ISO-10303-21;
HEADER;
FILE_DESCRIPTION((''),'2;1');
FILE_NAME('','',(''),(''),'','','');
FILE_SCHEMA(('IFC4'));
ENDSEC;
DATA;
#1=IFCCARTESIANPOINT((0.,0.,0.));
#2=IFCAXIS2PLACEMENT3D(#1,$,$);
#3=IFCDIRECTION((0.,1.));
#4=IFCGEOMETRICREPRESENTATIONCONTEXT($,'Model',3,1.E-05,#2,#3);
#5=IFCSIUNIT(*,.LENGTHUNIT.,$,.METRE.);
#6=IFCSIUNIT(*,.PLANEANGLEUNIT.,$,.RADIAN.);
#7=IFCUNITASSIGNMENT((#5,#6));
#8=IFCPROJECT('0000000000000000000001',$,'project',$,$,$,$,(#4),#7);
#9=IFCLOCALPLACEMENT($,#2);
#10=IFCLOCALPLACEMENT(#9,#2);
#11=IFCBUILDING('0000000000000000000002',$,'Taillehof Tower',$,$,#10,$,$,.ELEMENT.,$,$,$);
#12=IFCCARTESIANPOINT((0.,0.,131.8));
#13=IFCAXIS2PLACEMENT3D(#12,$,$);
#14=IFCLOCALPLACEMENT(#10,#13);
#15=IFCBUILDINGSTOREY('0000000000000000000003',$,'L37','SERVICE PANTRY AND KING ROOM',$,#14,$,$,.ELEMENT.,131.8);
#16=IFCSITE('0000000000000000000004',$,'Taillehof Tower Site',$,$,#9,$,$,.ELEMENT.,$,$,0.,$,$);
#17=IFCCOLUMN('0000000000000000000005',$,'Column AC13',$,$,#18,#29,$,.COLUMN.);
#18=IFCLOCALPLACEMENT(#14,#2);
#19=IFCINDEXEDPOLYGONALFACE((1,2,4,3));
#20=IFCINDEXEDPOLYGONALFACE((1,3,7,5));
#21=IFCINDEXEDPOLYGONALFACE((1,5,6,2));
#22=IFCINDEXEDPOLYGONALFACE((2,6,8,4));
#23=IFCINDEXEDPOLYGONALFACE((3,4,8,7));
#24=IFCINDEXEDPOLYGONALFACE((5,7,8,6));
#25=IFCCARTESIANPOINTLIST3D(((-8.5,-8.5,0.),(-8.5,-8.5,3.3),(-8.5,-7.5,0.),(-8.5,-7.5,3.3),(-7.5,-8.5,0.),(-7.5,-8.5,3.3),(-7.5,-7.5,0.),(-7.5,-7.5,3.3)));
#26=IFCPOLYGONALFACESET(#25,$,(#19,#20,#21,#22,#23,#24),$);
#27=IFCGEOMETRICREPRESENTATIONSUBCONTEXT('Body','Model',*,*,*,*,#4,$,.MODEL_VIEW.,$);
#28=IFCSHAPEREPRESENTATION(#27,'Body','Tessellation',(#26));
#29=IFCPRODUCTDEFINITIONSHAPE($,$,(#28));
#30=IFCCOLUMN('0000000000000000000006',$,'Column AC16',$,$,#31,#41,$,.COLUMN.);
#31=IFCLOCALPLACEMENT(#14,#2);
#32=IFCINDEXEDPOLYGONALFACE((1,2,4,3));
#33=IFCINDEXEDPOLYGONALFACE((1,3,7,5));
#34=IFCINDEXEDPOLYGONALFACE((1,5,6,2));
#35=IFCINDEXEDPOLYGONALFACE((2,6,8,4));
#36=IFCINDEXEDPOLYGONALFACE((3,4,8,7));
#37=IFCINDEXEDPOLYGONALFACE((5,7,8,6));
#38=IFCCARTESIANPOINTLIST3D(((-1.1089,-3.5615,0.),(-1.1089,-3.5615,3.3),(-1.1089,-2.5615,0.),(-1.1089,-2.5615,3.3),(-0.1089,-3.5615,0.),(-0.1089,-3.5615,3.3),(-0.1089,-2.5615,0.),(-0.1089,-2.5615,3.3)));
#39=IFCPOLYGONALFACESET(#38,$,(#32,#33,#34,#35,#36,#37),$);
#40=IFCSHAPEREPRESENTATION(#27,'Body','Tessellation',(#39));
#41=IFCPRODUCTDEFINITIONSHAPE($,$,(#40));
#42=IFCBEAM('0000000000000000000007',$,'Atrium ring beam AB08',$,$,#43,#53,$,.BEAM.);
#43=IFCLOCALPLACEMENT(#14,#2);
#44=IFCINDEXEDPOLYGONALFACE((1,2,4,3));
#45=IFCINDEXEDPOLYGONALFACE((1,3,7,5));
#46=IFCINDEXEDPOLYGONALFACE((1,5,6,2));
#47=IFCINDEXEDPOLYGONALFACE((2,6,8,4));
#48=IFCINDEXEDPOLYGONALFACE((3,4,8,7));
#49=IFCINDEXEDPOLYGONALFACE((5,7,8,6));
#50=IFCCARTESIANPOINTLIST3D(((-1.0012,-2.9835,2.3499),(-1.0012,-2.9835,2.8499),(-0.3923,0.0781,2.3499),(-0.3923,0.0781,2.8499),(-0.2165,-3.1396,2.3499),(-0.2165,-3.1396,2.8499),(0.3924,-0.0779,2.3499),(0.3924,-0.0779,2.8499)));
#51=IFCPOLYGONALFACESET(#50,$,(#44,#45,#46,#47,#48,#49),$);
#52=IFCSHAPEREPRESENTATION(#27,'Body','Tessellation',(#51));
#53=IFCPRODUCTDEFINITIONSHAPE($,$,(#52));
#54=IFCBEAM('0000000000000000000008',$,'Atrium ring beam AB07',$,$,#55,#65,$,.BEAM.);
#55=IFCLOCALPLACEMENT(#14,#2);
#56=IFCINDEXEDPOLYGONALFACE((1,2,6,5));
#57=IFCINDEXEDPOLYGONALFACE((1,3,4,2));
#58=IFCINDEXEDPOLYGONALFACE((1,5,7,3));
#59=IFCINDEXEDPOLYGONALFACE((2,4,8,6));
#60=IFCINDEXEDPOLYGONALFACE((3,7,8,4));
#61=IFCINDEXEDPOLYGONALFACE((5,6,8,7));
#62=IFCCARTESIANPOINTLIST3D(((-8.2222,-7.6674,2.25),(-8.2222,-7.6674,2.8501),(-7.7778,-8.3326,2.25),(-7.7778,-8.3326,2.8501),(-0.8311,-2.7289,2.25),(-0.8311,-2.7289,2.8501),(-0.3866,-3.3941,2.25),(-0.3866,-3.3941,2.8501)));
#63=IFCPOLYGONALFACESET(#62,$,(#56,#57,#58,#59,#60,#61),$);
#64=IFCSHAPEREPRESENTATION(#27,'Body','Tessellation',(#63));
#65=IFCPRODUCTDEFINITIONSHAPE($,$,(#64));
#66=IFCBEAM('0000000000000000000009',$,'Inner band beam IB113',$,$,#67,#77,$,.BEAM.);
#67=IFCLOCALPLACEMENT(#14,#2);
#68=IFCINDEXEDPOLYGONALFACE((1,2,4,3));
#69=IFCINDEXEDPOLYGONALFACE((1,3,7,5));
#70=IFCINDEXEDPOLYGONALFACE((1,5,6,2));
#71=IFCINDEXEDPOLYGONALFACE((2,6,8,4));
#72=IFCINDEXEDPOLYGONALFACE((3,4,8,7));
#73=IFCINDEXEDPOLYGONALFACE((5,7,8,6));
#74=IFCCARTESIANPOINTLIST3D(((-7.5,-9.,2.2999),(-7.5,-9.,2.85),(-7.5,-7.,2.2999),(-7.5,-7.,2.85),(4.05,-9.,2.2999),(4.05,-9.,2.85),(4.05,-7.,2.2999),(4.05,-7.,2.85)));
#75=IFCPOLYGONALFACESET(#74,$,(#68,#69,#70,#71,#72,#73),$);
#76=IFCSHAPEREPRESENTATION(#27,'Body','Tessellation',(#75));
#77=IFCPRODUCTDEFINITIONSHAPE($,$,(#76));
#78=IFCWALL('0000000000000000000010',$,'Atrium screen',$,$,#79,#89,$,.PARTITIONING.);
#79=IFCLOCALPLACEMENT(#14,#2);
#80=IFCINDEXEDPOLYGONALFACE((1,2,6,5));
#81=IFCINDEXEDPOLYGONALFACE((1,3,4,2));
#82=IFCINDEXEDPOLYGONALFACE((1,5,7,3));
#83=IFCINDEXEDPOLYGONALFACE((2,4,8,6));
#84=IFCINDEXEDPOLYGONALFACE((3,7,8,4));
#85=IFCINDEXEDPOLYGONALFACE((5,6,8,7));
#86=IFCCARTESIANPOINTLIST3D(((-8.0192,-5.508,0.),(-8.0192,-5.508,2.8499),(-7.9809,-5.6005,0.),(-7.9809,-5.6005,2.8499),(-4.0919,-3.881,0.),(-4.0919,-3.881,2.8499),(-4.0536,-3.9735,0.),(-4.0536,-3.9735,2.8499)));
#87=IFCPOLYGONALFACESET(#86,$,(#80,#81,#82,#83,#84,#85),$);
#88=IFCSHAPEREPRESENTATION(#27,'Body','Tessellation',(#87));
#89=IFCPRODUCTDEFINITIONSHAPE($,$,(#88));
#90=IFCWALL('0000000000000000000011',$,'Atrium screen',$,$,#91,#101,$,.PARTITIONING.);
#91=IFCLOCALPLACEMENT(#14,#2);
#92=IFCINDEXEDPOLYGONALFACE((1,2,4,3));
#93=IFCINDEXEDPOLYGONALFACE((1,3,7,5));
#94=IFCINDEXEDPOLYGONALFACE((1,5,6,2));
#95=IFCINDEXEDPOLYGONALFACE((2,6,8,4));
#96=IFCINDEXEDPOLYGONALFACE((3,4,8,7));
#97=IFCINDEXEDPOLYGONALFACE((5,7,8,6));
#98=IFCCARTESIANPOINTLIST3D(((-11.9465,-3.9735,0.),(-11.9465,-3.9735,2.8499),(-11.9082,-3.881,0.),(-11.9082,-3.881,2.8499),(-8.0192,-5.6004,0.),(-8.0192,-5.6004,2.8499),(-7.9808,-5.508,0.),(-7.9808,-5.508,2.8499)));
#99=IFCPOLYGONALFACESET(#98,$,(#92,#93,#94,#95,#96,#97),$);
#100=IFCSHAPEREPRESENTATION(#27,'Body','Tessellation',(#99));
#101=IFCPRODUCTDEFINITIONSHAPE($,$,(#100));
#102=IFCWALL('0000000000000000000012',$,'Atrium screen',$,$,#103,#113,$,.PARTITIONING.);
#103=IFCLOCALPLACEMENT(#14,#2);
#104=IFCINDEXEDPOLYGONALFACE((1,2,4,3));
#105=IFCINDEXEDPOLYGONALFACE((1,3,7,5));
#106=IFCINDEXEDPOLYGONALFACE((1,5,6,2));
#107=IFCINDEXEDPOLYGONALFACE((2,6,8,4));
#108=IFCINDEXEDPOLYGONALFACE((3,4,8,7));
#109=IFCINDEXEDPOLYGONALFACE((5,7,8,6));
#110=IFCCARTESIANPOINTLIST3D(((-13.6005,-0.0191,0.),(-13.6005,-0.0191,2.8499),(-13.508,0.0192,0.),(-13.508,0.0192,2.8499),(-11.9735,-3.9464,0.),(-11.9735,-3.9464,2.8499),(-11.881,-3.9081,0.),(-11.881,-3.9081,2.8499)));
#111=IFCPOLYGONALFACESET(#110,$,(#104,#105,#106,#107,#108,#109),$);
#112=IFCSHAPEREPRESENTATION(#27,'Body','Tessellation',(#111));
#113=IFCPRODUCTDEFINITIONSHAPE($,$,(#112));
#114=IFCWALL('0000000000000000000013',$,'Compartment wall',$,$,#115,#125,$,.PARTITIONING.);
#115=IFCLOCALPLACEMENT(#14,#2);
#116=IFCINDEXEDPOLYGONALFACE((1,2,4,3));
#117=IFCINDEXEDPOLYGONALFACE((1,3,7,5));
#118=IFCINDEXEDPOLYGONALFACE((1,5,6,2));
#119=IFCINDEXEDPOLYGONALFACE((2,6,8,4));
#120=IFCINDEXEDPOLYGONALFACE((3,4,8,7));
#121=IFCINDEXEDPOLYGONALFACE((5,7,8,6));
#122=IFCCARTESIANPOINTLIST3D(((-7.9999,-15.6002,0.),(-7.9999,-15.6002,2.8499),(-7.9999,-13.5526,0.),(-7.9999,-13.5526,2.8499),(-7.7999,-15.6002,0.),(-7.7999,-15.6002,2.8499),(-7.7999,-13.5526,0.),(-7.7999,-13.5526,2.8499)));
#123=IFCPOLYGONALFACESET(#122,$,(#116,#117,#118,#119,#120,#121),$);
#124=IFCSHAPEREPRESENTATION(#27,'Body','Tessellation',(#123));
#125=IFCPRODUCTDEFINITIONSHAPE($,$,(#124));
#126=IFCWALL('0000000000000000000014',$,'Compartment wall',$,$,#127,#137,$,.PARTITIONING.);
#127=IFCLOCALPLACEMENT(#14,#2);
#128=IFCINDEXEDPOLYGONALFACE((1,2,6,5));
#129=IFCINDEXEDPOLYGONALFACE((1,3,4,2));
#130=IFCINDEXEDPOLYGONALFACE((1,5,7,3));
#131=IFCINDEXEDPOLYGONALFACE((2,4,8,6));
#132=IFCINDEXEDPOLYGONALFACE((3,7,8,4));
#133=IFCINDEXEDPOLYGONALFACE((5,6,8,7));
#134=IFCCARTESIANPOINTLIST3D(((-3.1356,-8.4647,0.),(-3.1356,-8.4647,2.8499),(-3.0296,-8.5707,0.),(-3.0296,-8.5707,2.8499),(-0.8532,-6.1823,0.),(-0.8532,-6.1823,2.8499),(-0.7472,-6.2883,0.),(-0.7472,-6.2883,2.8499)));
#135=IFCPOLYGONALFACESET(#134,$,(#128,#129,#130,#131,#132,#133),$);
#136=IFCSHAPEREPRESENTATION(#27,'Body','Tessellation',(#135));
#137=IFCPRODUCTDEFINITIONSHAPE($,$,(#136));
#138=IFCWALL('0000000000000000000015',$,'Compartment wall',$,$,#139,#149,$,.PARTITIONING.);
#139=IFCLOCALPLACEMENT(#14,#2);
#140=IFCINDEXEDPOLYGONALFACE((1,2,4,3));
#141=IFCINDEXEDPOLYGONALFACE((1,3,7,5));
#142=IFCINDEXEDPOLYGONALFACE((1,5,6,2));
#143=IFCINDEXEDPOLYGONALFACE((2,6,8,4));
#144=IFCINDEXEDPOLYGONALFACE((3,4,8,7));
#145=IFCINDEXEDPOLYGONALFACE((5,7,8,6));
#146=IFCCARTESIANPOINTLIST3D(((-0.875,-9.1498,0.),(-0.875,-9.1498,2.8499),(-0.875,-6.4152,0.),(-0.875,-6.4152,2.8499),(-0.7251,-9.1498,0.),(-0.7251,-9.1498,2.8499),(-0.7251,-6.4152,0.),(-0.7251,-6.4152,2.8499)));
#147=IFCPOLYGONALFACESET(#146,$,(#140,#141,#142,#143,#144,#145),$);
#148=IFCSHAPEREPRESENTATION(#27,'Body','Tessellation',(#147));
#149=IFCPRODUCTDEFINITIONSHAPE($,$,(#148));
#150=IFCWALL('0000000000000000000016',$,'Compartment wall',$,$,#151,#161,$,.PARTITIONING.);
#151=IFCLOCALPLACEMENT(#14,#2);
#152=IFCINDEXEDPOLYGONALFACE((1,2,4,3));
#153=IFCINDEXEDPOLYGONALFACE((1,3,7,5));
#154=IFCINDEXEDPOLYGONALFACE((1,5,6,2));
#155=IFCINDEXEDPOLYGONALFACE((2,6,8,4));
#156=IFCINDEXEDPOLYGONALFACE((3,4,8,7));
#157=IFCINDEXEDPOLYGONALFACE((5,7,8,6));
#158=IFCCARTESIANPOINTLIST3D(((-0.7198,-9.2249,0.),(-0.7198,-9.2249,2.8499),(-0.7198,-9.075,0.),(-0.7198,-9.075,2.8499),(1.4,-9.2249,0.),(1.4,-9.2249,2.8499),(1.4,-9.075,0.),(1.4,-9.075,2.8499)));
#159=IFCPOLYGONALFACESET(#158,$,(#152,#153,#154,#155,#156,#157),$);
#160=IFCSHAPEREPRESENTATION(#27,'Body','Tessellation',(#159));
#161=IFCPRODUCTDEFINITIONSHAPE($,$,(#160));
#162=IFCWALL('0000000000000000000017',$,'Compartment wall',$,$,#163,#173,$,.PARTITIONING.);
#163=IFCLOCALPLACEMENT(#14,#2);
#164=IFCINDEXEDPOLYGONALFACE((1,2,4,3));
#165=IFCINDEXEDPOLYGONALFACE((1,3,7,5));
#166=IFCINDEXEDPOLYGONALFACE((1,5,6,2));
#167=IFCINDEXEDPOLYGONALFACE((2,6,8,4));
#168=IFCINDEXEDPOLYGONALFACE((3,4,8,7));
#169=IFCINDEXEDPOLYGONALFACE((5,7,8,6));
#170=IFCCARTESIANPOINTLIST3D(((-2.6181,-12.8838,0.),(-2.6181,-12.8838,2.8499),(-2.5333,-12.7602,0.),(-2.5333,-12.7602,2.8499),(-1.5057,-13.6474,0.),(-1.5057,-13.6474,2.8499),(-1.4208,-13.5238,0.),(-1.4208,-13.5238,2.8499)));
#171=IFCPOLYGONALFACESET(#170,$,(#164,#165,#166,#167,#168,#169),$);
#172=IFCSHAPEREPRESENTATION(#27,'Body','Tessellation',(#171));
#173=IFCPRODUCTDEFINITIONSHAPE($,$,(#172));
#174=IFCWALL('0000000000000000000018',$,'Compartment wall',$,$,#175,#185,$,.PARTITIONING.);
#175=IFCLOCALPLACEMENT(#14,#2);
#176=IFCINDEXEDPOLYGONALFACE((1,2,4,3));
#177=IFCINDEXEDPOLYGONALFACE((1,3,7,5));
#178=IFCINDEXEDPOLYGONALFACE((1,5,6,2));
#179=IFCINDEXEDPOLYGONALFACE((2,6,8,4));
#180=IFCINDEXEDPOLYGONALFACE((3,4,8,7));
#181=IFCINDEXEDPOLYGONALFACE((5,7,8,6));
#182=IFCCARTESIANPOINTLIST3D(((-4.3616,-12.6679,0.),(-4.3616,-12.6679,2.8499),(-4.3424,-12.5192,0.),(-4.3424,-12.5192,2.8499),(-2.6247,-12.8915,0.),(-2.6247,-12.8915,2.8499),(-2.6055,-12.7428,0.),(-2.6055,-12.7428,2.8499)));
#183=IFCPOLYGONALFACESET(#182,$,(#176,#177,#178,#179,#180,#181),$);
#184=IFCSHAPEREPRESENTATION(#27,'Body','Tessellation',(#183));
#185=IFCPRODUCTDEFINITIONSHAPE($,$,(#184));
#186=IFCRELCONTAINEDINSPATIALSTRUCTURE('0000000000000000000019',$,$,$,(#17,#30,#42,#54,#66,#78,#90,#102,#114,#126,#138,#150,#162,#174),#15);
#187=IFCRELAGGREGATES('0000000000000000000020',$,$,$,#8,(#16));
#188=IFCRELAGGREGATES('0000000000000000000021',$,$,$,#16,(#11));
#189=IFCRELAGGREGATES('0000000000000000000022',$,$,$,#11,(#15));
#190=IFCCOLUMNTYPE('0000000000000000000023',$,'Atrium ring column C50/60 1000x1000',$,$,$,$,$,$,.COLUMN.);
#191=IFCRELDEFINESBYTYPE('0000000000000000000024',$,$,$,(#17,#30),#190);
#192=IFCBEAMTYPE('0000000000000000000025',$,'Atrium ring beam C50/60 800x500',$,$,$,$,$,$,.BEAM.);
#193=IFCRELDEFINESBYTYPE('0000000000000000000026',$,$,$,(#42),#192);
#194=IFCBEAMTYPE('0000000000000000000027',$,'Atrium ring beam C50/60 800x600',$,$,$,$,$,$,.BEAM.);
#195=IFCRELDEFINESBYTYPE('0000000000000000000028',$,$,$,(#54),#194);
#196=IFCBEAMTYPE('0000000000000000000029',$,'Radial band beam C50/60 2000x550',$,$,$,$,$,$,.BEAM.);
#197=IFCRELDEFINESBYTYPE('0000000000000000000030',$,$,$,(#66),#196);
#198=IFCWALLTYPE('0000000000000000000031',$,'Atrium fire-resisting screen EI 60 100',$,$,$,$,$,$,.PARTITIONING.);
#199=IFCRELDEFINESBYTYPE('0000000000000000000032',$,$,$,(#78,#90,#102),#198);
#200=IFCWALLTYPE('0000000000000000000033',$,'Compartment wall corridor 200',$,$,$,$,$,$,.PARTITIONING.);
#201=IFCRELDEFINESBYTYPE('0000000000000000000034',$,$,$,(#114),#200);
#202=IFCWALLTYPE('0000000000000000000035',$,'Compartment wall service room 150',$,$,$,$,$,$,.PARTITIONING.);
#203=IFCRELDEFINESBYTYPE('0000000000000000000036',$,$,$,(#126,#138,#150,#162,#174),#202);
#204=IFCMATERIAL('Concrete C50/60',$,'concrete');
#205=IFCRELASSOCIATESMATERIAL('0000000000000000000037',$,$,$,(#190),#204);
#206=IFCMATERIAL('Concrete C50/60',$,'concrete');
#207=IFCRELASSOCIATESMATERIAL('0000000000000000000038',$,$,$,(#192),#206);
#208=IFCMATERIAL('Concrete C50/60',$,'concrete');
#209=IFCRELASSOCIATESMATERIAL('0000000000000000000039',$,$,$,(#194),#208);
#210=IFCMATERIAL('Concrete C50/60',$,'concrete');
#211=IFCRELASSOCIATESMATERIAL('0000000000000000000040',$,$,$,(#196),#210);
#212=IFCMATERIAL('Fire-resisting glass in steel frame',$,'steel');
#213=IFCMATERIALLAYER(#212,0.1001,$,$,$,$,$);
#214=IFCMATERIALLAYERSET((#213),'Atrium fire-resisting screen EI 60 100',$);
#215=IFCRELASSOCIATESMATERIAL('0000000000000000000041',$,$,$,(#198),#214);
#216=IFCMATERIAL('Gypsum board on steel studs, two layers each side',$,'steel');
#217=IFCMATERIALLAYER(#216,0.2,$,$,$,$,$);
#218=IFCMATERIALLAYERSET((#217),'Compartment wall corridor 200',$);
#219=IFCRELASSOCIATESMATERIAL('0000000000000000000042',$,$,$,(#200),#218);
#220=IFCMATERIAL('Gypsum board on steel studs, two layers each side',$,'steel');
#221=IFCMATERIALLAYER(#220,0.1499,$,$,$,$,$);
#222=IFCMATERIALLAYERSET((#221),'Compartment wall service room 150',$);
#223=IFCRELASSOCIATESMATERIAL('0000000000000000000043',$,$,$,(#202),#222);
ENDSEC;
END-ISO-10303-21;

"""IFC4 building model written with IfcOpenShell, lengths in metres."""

from ifc_helpers import new_model, si_unit, direction, frame, frame_2d, origin, origin_2d, place, context, subcontext, project, spatial, rectangle, extrude, material, layer, layer_set, material_profile, profile_set, type_object, element, save


model = new_model("IFC4")

# Units and contexts
model_context = context("Model", 3, precision=1e-05, world=origin(), true_north=direction((0.0, 1.0)))
body_context = subcontext(model_context, "Body", "Model", "MODEL_VIEW")
ifc_project = project(units=[si_unit("LENGTHUNIT", "METRE"), si_unit("PLANEANGLEUNIT", "RADIAN")], contexts=[model_context])

# Site, building, storey
site_placement = place(None, origin())
site = spatial("IfcSite", under=ifc_project, at=site_placement, Name="Taillehof Tower Site", CompositionType="ELEMENT", RefElevation=0.0)
building_placement = place(site_placement, origin())
building = spatial("IfcBuilding", under=site, at=building_placement, Name="Taillehof Tower", CompositionType="ELEMENT")
storey_placement = place(building_placement, frame((0.0, 0.0, 131.8)))
storey = spatial("IfcBuildingStorey", under=building, at=storey_placement, Name="L37", Description="SERVICE PANTRY AND KING ROOM", CompositionType="ELEMENT", Elevation=131.8)

# Columns
ifc_material_1 = material(Name="Concrete C50/60", Category="concrete")
ifc_material_profile_1 = material_profile(ifc_material_1, rectangle(XDim=1.0, YDim=1.0, at=origin_2d()), Name="RC 1000x1000")
ifc_profile_set_1 = profile_set([ifc_material_profile_1], Name="Concrete C50/60")
column_type = type_object("IfcColumnType", Name="Atrium ring column C50/60 1000x1000", PredefinedType="COLUMN", material=ifc_profile_set_1)
for number, where, z_axis, x_axis, name in (
    (1, (-8.0, -8.0, 0.0), (0.0, 0.0, 1.0), (1.0, 0.0, 0.0), "Column AC13"),
    (2, (-0.6089, -3.0615, 0.0), (0.0, 0.0, 1.0), (1.0, 0.0, 0.0), "Column AC16"),
):
    element("IfcColumn", number, at=place(storey_placement, frame(where, z_axis=z_axis, x_axis=x_axis)), inside=storey, type_object=column_type, Name=name, PredefinedType="COLUMN", context=body_context, shape_type="SweptSolid", body=[
        extrude(rectangle(XDim=1.0, YDim=1.0, at=origin_2d()), origin(), (0.0, 0.0, 1.0), 3.3),
    ])

# Beams
ifc_material_2 = material(Name="Concrete C50/60", Category="concrete")
ifc_material_profile_2 = material_profile(ifc_material_2, rectangle(XDim=0.8, YDim=0.5, at=origin_2d()), Name="RC 800x500")
ifc_profile_set_2 = profile_set([ifc_material_profile_2], Name="Concrete C50/60")
beam_type_1 = type_object("IfcBeamType", Name="Atrium ring beam C50/60 800x500", PredefinedType="BEAM", material=ifc_profile_set_2)
beam_1_placement = place(storey_placement, frame((-0.6089, -3.0615, 2.5999), z_axis=(0.195063, 0.980791, 0.0), x_axis=(-0.980791, 0.195063, 0.0)))
element("IfcBeam", 3, at=beam_1_placement, inside=storey, type_object=beam_type_1, Name="Atrium ring beam AB08", PredefinedType="BEAM", context=body_context, shape_type="SweptSolid", body=[
    extrude(rectangle(XDim=0.8, YDim=0.5, at=origin_2d()), origin(), (0.0, 0.0, 1.0), 3.1216),
])
ifc_material_3 = material(Name="Concrete C50/60", Category="concrete")
ifc_material_profile_3 = material_profile(ifc_material_3, rectangle(XDim=0.8, YDim=0.6001, at=origin_2d()), Name="RC 800x600")
ifc_profile_set_3 = profile_set([ifc_material_profile_3], Name="Concrete C50/60")
beam_type_2 = type_object("IfcBeamType", Name="Atrium ring beam C50/60 800x600", PredefinedType="BEAM", material=ifc_profile_set_3)
beam_2_placement = place(storey_placement, frame((-8.0, -8.0, 2.55), z_axis=(0.831475, 0.555562, 0.0), x_axis=(-0.555562, 0.831475, 0.0)))
element("IfcBeam", 4, at=beam_2_placement, inside=storey, type_object=beam_type_2, Name="Atrium ring beam AB07", PredefinedType="BEAM", context=body_context, shape_type="SweptSolid", body=[
    extrude(rectangle(XDim=0.8, YDim=0.6001, at=origin_2d()), origin(), (0.0, 0.0, 1.0), 8.8892),
])
ifc_material_4 = material(Name="Concrete C50/60", Category="concrete")
ifc_material_profile_4 = material_profile(ifc_material_4, rectangle(XDim=2.0, YDim=0.55, at=origin_2d()), Name="RC 2000x550")
ifc_profile_set_4 = profile_set([ifc_material_profile_4], Name="Concrete C50/60")
beam_type_3 = type_object("IfcBeamType", Name="Radial band beam C50/60 2000x550", PredefinedType="BEAM", material=ifc_profile_set_4)
beam_3_placement = place(storey_placement, frame((-7.5, -8.0, 2.575), z_axis=(1.0, 0.0, 0.0), x_axis=(0.0, 1.0, 0.0)))
element("IfcBeam", 5, at=beam_3_placement, inside=storey, type_object=beam_type_3, Name="Inner band beam IB113", PredefinedType="BEAM", context=body_context, shape_type="SweptSolid", body=[
    extrude(rectangle(XDim=2.0, YDim=0.55, at=origin_2d()), origin(), (0.0, 0.0, 1.0), 11.55),
])

# Walls
ifc_material_5 = material(Name="Fire-resisting glass in steel frame", Category="steel")
ifc_layer_1 = layer(ifc_material_5, 0.1001)
ifc_layer_set_1 = layer_set([ifc_layer_1], Name="Atrium fire-resisting screen EI 60 100")
wall_type_1 = type_object("IfcWallType", Name="Atrium fire-resisting screen EI 60 100", PredefinedType="PARTITIONING", material=ifc_layer_set_1)
for number, where, z_axis, x_axis, name in (
    (6, (-4.0728, -3.9272, 0.0), (0.0, 0.0, 1.0), (-0.92386, -0.382731, 0.0), "Atrium screen"),
    (7, (-8.0, -5.5542, 0.0), (0.0, 0.0, 1.0), (-0.92386, 0.382731, 0.0), "Atrium screen"),
    (8, (-11.9272, -3.9272, 0.0), (0.0, 0.0, 1.0), (-0.382731, 0.92386, 0.0), "Atrium screen"),
):
    element("IfcWall", number, at=place(storey_placement, frame(where, z_axis=z_axis, x_axis=x_axis)), inside=storey, type_object=wall_type_1, Name=name, PredefinedType="PARTITIONING", context=body_context, shape_type="SweptSolid", body=[
        extrude(rectangle(XDim=4.251, YDim=0.1001, at=frame_2d((2.1255, 0.0))), origin(), (0.0, 0.0, 1.0), 2.8499),
    ])
ifc_material_6 = material(Name="Gypsum board on steel studs, two layers each side", Category="steel")
ifc_layer_2 = layer(ifc_material_6, 0.2)
ifc_layer_set_2 = layer_set([ifc_layer_2], Name="Compartment wall corridor 200")
wall_type_2 = type_object("IfcWallType", Name="Compartment wall corridor 200", PredefinedType="PARTITIONING", material=ifc_layer_set_2)
wall_1_placement = place(storey_placement, frame((-7.8999, -13.5525, 0.0), z_axis=(0.0, 0.0, 1.0), x_axis=(0.0, -1.0, 0.0)))
element("IfcWall", 9, at=wall_1_placement, inside=storey, type_object=wall_type_2, Name="Compartment wall", PredefinedType="PARTITIONING", context=body_context, shape_type="SweptSolid", body=[
    extrude(rectangle(XDim=2.0476, YDim=0.2, at=frame_2d((1.0239, 0.0))), origin(), (0.0, 0.0, 1.0), 2.8499),
])
ifc_material_7 = material(Name="Gypsum board on steel studs, two layers each side", Category="steel")
ifc_layer_3 = layer(ifc_material_7, 0.1499)
ifc_layer_set_3 = layer_set([ifc_layer_3], Name="Compartment wall service room 150")
wall_type_3 = type_object("IfcWallType", Name="Compartment wall service room 150", PredefinedType="PARTITIONING", material=ifc_layer_set_3)
wall_2_placement = place(storey_placement, frame((-3.0825, -8.5176, 0.0), z_axis=(0.0, 0.0, 1.0), x_axis=(0.707107, 0.707107, 0.0)))
element("IfcWall", 10, at=wall_2_placement, inside=storey, type_object=wall_type_3, Name="Compartment wall", PredefinedType="PARTITIONING", context=body_context, shape_type="SweptSolid", body=[
    extrude(rectangle(XDim=3.2278, YDim=0.1499, at=frame_2d((1.6138, 0.0))), origin(), (0.0, 0.0, 1.0), 2.8499),
])
wall_3_placement = place(storey_placement, frame((-0.8, -6.4153, 0.0), z_axis=(0.0, 0.0, 1.0), x_axis=(0.0, -1.0, 0.0)))
element("IfcWall", 11, at=wall_3_placement, inside=storey, type_object=wall_type_3, Name="Compartment wall", PredefinedType="PARTITIONING", context=body_context, shape_type="SweptSolid", body=[
    extrude(rectangle(XDim=2.7346, YDim=0.1499, at=frame_2d((1.3672, 0.0))), origin(), (0.0, 0.0, 1.0), 2.8499),
])
wall_4_placement = place(storey_placement, frame((-0.72, -9.1499, 0.0), z_axis=(0.0, 0.0, 1.0), x_axis=(1.0, 0.0, 0.0)))
element("IfcWall", 12, at=wall_4_placement, inside=storey, type_object=wall_type_3, Name="Compartment wall", PredefinedType="PARTITIONING", context=body_context, shape_type="SweptSolid", body=[
    extrude(rectangle(XDim=2.1199, YDim=0.1499, at=frame_2d((1.0601, 0.0))), origin(), (0.0, 0.0, 1.0), 2.8499),
])
wall_5_placement = place(storey_placement, frame((-1.4631, -13.5857, 0.0), z_axis=(0.0, 0.0, 1.0), x_axis=(-0.824459, 0.565922, 0.0)))
element("IfcWall", 13, at=wall_5_placement, inside=storey, type_object=wall_type_3, Name="Compartment wall", PredefinedType="PARTITIONING", context=body_context, shape_type="SweptSolid", body=[
    extrude(rectangle(XDim=1.3494, YDim=0.1499, at=frame_2d((0.6748, 0.0))), origin(), (0.0, 0.0, 1.0), 2.8499),
])
wall_6_placement = place(storey_placement, frame((-2.6152, -12.8171, 0.0), z_axis=(0.0, 0.0, 1.0), x_axis=(-0.991812, 0.127706, 0.0)))
element("IfcWall", 14, at=wall_6_placement, inside=storey, type_object=wall_type_3, Name="Compartment wall", PredefinedType="PARTITIONING", context=body_context, shape_type="SweptSolid", body=[
    extrude(rectangle(XDim=1.7512, YDim=0.1499, at=frame_2d((0.8755, 0.0))), origin(), (0.0, 0.0, 1.0), 2.8499),
])

save(model, "model.ifc")
